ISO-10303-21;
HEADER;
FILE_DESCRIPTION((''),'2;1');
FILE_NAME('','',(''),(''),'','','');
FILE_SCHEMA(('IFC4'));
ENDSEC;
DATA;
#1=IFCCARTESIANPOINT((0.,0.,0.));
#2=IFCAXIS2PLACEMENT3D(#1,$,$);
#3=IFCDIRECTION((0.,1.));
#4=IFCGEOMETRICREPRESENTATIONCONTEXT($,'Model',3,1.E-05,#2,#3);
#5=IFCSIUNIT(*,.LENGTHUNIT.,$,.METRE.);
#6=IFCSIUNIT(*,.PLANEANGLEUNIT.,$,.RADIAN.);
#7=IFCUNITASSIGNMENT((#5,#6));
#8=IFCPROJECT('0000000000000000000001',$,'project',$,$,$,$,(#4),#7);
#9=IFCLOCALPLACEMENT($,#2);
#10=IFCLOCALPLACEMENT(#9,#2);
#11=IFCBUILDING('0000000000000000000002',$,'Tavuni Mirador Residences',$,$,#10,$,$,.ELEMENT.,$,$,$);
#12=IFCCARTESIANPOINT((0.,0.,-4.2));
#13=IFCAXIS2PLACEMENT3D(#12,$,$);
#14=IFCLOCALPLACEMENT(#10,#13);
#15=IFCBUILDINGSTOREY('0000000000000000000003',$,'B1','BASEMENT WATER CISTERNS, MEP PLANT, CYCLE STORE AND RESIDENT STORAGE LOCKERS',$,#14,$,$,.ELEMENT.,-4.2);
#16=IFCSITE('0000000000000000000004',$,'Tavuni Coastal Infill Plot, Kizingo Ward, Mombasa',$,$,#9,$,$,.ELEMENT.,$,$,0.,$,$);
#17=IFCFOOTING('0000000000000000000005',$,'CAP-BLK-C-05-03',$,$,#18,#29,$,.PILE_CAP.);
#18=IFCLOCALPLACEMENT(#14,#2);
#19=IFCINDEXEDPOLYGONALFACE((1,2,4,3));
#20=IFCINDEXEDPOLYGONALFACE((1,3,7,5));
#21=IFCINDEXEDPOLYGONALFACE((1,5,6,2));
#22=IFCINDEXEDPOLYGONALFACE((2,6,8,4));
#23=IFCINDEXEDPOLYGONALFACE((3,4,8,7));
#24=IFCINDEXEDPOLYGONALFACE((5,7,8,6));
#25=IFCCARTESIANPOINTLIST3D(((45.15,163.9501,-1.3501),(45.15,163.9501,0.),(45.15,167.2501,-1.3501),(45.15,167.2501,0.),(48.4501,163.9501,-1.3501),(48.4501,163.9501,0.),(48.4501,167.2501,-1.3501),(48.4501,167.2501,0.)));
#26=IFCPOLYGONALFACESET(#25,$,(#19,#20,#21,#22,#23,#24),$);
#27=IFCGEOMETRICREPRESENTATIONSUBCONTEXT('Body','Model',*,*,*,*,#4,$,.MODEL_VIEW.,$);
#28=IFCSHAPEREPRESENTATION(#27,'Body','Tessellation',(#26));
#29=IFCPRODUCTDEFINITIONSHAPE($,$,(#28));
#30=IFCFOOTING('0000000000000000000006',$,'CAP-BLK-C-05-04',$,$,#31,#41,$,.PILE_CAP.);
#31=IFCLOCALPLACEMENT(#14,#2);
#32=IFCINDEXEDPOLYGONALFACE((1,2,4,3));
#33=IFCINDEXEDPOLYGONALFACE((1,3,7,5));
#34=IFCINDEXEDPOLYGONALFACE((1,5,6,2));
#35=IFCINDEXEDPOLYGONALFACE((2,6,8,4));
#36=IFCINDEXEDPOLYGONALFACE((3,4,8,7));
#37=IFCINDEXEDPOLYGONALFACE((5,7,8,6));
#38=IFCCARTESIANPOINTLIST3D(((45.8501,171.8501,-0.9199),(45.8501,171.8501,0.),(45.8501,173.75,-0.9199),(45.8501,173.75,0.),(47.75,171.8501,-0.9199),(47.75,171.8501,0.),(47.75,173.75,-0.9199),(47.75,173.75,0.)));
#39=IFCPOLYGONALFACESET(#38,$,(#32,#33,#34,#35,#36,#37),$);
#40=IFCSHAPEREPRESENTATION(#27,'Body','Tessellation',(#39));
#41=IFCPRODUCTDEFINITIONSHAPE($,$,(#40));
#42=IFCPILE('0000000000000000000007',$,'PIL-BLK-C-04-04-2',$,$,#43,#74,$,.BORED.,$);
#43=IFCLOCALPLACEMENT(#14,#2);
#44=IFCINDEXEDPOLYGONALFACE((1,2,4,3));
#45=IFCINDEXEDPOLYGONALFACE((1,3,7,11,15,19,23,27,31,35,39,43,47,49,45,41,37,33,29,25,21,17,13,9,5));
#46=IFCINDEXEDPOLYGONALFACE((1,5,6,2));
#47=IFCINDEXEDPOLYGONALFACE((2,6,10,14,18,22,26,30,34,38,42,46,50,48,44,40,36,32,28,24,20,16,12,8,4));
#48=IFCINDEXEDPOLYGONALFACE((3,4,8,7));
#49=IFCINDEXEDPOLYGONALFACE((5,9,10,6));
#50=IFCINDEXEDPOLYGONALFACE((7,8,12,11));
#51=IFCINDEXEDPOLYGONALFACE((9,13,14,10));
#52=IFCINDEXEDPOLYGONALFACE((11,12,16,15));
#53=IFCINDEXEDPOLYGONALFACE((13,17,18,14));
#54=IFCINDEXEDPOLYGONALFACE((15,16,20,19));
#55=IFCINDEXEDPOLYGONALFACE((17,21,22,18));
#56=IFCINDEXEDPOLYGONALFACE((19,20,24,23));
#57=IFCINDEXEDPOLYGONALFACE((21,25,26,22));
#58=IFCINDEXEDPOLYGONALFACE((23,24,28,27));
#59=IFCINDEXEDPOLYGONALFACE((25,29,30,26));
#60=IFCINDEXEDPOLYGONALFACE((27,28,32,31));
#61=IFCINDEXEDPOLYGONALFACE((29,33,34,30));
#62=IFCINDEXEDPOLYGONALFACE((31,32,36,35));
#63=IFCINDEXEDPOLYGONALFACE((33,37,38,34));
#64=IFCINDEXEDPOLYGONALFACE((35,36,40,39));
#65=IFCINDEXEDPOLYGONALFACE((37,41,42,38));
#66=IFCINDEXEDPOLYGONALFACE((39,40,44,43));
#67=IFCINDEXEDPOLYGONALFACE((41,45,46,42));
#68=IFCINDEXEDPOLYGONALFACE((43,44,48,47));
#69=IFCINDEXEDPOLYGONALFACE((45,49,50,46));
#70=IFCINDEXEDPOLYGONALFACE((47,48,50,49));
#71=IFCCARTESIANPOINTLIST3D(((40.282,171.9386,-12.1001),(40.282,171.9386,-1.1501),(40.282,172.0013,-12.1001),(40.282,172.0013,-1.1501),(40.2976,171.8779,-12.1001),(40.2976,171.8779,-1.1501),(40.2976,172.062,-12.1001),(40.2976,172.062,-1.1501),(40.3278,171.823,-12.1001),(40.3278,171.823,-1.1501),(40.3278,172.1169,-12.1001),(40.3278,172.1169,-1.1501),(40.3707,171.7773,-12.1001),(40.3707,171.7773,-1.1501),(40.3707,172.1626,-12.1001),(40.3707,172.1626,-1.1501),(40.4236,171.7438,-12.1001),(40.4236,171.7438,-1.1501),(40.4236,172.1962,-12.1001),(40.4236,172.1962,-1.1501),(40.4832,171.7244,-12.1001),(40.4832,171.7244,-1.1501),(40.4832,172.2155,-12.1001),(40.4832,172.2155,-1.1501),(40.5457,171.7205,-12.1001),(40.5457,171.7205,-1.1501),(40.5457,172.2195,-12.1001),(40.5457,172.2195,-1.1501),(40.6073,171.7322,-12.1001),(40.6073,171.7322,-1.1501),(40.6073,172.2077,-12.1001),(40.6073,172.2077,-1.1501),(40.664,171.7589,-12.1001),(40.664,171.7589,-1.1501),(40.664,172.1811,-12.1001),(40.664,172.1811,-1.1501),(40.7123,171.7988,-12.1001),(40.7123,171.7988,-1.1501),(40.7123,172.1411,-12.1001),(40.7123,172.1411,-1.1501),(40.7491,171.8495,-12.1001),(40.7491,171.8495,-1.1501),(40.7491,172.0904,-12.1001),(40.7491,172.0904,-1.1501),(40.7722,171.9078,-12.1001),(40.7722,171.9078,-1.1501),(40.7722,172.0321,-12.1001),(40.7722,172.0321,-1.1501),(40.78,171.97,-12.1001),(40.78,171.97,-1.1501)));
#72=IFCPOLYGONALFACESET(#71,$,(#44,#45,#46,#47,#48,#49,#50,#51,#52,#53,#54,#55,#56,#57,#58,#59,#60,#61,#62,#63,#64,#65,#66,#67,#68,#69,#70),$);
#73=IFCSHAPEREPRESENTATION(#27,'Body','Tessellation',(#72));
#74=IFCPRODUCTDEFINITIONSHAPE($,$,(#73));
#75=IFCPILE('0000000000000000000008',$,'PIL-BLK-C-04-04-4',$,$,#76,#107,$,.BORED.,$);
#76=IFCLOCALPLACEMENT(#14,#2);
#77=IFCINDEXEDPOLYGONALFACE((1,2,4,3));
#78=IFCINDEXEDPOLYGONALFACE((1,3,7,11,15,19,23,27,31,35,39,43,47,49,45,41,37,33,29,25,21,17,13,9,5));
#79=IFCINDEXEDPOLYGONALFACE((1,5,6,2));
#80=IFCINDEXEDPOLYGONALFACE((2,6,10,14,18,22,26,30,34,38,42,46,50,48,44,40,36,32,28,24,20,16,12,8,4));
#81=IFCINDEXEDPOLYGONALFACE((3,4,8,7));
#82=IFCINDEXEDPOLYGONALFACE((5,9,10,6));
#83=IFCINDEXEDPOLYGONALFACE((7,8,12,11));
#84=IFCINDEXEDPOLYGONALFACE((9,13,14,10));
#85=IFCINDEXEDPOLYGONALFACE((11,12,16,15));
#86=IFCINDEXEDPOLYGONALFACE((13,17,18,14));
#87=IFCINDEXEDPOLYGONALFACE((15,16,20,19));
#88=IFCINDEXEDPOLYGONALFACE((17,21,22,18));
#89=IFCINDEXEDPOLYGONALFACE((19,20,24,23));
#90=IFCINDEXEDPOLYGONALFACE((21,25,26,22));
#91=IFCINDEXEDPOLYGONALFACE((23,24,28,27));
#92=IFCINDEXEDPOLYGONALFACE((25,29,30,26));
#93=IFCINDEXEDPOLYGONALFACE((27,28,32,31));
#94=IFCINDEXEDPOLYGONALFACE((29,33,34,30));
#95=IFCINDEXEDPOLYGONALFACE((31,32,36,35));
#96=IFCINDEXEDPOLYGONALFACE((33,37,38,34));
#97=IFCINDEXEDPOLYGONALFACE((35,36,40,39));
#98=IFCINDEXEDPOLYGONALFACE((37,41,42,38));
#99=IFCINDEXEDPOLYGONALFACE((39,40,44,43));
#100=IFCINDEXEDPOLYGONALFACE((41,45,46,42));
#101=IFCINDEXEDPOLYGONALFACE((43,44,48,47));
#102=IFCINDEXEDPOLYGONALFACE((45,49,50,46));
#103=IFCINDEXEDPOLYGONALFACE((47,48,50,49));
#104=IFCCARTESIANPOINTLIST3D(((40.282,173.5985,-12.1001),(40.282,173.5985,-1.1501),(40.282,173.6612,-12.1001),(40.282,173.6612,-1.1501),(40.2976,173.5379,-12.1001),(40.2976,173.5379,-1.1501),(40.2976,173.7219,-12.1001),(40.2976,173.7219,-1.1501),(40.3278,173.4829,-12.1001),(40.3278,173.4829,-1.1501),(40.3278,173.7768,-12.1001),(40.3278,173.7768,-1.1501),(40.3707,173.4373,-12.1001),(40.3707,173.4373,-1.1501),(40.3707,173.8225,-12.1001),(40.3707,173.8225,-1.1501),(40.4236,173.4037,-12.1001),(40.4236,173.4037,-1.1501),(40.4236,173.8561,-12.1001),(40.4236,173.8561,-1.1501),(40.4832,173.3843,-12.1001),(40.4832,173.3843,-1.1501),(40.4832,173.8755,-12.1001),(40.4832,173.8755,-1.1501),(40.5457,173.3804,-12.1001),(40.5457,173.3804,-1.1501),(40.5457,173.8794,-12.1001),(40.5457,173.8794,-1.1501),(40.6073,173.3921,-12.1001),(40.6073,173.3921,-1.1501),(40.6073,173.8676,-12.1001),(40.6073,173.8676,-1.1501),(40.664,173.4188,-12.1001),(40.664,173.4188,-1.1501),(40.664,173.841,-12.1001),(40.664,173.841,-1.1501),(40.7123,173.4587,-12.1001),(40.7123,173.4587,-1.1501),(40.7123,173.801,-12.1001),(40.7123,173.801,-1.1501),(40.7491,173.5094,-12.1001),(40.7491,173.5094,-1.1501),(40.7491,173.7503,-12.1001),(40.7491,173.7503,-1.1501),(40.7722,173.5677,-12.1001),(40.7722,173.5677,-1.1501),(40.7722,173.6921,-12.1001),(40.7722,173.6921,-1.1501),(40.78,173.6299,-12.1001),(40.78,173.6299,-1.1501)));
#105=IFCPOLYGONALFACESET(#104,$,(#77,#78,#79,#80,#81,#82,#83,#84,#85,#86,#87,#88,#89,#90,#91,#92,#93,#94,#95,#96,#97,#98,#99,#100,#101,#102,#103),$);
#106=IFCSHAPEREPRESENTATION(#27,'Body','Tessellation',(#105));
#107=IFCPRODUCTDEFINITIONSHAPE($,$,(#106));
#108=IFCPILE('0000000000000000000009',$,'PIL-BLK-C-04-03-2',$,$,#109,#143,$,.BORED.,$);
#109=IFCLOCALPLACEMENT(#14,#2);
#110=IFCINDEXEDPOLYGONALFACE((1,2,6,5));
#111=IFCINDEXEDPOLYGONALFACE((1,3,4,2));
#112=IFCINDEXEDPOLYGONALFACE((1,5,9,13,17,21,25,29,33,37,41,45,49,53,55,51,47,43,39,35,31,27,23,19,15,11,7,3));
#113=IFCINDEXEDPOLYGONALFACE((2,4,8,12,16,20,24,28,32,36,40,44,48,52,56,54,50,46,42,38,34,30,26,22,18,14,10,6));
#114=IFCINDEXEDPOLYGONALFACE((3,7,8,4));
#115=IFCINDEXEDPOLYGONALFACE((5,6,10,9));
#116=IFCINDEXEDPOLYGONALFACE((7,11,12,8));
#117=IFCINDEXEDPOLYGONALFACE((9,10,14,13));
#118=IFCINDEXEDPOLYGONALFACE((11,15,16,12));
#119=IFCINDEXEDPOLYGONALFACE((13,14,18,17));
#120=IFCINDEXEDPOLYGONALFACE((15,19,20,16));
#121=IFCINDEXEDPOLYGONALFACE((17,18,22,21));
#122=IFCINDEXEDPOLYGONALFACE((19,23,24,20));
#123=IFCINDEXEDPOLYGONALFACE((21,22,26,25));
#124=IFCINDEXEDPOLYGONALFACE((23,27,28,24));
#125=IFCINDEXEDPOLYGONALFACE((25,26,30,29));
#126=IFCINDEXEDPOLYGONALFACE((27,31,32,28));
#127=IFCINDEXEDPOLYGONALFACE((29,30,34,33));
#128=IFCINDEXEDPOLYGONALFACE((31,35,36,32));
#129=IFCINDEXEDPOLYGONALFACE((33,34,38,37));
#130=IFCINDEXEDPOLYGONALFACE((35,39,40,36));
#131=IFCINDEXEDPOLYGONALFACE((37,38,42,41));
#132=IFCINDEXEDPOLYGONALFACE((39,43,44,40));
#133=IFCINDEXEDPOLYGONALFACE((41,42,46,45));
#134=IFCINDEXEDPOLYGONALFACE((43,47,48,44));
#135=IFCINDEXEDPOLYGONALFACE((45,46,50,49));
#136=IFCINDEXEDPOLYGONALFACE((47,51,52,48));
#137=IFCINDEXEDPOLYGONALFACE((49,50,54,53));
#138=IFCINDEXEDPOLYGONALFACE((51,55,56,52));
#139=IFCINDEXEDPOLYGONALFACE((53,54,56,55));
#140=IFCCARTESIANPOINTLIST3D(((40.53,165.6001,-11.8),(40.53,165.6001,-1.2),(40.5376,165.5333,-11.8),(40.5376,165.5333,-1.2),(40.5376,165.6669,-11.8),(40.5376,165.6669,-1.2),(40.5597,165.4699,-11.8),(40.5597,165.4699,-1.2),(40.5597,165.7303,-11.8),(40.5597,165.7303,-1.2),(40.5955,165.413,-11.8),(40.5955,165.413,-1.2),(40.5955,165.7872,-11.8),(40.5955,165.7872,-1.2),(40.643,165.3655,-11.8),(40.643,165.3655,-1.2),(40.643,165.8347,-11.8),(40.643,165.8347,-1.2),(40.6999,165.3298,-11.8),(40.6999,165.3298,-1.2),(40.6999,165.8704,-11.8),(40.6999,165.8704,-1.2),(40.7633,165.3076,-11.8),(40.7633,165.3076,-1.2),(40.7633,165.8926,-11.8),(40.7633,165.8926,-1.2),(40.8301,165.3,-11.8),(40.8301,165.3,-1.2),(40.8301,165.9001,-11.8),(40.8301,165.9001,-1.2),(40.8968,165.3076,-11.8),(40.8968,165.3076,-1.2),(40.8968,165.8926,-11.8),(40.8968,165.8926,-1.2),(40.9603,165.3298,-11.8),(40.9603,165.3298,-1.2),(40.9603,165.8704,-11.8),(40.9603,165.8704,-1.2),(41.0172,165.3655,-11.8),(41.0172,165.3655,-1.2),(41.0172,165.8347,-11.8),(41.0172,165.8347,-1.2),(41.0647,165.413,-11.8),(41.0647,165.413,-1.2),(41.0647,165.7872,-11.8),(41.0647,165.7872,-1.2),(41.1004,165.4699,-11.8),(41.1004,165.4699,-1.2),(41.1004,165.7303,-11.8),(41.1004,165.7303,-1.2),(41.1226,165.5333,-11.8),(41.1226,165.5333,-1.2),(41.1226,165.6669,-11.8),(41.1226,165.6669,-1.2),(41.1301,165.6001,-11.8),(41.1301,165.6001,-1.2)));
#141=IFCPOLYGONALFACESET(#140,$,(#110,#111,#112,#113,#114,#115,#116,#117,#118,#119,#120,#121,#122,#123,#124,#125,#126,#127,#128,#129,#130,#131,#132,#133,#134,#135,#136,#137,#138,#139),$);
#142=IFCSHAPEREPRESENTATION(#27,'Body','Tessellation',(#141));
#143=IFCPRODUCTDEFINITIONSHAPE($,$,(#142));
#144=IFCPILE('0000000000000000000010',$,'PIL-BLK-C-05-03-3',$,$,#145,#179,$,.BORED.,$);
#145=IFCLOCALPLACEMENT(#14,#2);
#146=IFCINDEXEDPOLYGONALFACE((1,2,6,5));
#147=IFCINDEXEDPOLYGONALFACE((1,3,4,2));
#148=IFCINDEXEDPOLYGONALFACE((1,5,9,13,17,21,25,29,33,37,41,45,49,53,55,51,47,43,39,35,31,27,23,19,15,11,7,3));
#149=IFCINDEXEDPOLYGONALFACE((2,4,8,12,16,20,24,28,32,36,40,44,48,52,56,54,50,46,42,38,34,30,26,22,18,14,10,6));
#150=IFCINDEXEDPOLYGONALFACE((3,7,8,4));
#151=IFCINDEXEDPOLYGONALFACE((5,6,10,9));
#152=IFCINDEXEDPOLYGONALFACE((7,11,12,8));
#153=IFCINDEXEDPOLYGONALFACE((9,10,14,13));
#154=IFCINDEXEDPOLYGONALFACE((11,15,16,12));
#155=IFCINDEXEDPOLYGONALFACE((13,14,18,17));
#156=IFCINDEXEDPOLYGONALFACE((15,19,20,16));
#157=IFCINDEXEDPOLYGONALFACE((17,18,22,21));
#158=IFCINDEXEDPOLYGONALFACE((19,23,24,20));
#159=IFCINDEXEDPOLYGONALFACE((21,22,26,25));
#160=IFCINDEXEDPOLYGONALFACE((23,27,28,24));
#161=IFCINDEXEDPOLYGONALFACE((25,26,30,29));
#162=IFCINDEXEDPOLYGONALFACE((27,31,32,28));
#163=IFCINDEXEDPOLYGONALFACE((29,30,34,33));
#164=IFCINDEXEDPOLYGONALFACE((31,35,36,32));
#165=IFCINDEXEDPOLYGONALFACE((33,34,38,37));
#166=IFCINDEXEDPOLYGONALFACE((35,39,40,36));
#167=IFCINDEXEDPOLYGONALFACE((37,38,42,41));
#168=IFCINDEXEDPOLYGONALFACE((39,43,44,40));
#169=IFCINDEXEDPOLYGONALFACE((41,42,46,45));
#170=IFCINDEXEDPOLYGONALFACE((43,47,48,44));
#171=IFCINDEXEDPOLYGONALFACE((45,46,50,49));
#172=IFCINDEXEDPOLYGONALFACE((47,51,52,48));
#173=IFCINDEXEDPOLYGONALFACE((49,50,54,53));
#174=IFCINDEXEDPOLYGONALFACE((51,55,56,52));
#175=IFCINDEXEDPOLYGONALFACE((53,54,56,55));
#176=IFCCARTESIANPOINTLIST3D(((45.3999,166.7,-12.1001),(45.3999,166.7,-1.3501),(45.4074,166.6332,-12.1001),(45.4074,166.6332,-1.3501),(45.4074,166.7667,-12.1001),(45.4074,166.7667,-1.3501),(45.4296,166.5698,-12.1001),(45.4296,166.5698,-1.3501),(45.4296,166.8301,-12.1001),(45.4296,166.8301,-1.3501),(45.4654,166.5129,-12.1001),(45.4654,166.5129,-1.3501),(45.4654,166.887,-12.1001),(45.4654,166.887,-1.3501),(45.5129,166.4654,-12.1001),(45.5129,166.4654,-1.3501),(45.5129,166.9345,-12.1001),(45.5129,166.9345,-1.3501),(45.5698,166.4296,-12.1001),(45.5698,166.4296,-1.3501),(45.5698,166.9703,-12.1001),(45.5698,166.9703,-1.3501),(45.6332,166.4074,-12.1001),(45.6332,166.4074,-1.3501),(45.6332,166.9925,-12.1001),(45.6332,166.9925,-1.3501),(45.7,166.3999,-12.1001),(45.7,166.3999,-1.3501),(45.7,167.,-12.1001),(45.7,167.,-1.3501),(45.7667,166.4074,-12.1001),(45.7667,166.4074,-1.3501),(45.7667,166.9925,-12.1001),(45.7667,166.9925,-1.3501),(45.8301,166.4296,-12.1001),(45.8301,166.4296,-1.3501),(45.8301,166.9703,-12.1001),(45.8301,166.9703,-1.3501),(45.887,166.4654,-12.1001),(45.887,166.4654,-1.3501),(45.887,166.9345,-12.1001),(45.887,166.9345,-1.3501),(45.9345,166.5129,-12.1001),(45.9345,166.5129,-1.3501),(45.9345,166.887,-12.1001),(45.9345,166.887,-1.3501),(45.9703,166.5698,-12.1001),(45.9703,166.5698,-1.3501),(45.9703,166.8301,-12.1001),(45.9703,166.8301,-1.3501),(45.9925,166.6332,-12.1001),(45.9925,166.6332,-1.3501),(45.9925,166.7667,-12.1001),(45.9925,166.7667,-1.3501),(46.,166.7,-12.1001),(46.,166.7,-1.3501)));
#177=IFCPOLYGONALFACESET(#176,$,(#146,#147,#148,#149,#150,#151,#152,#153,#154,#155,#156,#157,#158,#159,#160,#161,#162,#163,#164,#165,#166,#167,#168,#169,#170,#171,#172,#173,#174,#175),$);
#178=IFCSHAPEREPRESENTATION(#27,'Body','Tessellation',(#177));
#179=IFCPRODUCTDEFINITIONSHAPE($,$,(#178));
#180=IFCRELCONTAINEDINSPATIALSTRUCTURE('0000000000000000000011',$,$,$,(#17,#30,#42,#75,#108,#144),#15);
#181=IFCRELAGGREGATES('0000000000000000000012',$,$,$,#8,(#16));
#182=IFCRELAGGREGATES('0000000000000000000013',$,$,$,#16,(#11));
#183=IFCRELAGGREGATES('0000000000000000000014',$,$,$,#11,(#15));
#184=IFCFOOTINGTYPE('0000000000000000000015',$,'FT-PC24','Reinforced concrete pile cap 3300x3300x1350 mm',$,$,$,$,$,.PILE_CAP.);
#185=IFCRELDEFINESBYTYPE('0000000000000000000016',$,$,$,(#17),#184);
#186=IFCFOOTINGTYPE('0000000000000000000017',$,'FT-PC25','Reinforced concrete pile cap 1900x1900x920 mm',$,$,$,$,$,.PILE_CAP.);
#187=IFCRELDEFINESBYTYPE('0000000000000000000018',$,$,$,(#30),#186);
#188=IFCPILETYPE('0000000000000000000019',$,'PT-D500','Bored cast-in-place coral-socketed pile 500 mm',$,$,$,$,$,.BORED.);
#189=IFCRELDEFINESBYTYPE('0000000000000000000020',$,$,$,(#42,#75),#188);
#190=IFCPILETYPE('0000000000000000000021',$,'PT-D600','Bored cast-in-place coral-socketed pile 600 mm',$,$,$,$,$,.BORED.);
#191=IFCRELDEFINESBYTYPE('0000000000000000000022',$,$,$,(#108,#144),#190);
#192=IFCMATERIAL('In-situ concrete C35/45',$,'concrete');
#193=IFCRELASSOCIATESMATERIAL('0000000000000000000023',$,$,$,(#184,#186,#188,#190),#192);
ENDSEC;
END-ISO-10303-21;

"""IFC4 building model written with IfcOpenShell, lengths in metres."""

from ifc_helpers import new_model, si_unit, direction, frame, origin, origin_2d, place, context, subcontext, project, spatial, rectangle, circle, extrude, material, material_profile, profile_set, type_object, element, save


model = new_model("IFC4")

# Units and contexts
model_context = context("Model", 3, precision=1e-05, world=origin(), true_north=direction((0.0, 1.0)))
body_context = subcontext(model_context, "Body", "Model", "MODEL_VIEW")
ifc_project = project(units=[si_unit("LENGTHUNIT", "METRE"), si_unit("PLANEANGLEUNIT", "RADIAN")], contexts=[model_context])

# Site, building, storey
site_placement = place(None, origin())
site = spatial("IfcSite", under=ifc_project, at=site_placement, Name="Tavuni Coastal Infill Plot, Kizingo Ward, Mombasa", CompositionType="ELEMENT", RefElevation=0.0)
building_placement = place(site_placement, origin())
building = spatial("IfcBuilding", under=site, at=building_placement, Name="Tavuni Mirador Residences", CompositionType="ELEMENT")
storey_placement = place(building_placement, frame((0.0, 0.0, -4.2)))
storey = spatial("IfcBuildingStorey", under=building, at=storey_placement, Name="B1", Description="BASEMENT WATER CISTERNS, MEP PLANT, CYCLE STORE AND RESIDENT STORAGE LOCKERS", CompositionType="ELEMENT", Elevation=-4.2)

# Footings
ifc_material_1 = material(Name="In-situ concrete C35/45", Category="concrete")
footing_type_1 = type_object("IfcFootingType", Name="FT-PC24", Description="Reinforced concrete pile cap 3300x3300x1350 mm", PredefinedType="PILE_CAP", material=ifc_material_1)
footing_1_placement = place(storey_placement, frame((46.8, 165.6001, -1.3501), z_axis=(0.0, 0.0, 1.0), x_axis=(1.0, 0.0, 0.0)))
element("IfcFooting", 1, at=footing_1_placement, inside=storey, type_object=footing_type_1, Name="CAP-BLK-C-05-03", PredefinedType="PILE_CAP", context=body_context, shape_type="SweptSolid", body=[
    extrude(rectangle(XDim=3.3, YDim=3.3, at=origin_2d()), origin(), (0.0, 0.0, 1.0), 1.3501),
])
footing_type_2 = type_object("IfcFootingType", Name="FT-PC25", Description="Reinforced concrete pile cap 1900x1900x920 mm", PredefinedType="PILE_CAP", material=ifc_material_1)
footing_2_placement = place(storey_placement, frame((46.8, 172.8, -0.9199), z_axis=(0.0, 0.0, 1.0), x_axis=(1.0, 0.0, 0.0)))
element("IfcFooting", 2, at=footing_2_placement, inside=storey, type_object=footing_type_2, Name="CAP-BLK-C-05-04", PredefinedType="PILE_CAP", context=body_context, shape_type="SweptSolid", body=[
    extrude(rectangle(XDim=1.8999, YDim=1.8999, at=origin_2d()), origin(), (0.0, 0.0, 1.0), 0.9199),
])

# Piles
ifc_material_profile_1 = material_profile(ifc_material_1, circle(Radius=0.25, at=origin_2d()), Name="PILE D500", Category="concrete")
ifc_profile_set_1 = profile_set([ifc_material_profile_1], Name="In-situ concrete C35/45")
pile_type_1 = type_object("IfcPileType", Name="PT-D500", Description="Bored cast-in-place coral-socketed pile 500 mm", PredefinedType="BORED", material=ifc_profile_set_1)
for number, where, z_axis, x_axis, name in (
    (3, (40.53, 171.97, -1.1501), (0.0, 0.0, -1.0), (1.0, 0.0, 0.0), "PIL-BLK-C-04-04-2"),
    (4, (40.53, 173.6299, -1.1501), (0.0, 0.0, -1.0), (1.0, 0.0, 0.0), "PIL-BLK-C-04-04-4"),
):
    element("IfcPile", number, at=place(storey_placement, frame(where, z_axis=z_axis, x_axis=x_axis)), inside=storey, type_object=pile_type_1, Name=name, PredefinedType="BORED", context=body_context, shape_type="SweptSolid", body=[
        extrude(circle(Radius=0.25, at=origin_2d()), origin(), (0.0, 0.0, 1.0), 10.95),
    ])
ifc_material_profile_2 = material_profile(ifc_material_1, circle(Radius=0.3, at=origin_2d()), Name="PILE D600", Category="concrete")
ifc_profile_set_2 = profile_set([ifc_material_profile_2], Name="In-situ concrete C35/45")
pile_type_2 = type_object("IfcPileType", Name="PT-D600", Description="Bored cast-in-place coral-socketed pile 600 mm", PredefinedType="BORED", material=ifc_profile_set_2)
pile_1_placement = place(storey_placement, frame((40.8301, 165.6001, -1.2), z_axis=(0.0, 0.0, -1.0), x_axis=(1.0, 0.0, 0.0)))
element("IfcPile", 5, at=pile_1_placement, inside=storey, type_object=pile_type_2, Name="PIL-BLK-C-04-03-2", PredefinedType="BORED", context=body_context, shape_type="SweptSolid", body=[
    extrude(circle(Radius=0.3, at=origin_2d()), origin(), (0.0, 0.0, 1.0), 10.6001),
])
for number, where, z_axis, x_axis, name in (
    (6, (45.7, 166.7, -1.3501), (0.0, 0.0, -1.0), (1.0, 0.0, 0.0), "PIL-BLK-C-05-03-3"),
):
    element("IfcPile", number, at=place(storey_placement, frame(where, z_axis=z_axis, x_axis=x_axis)), inside=storey, type_object=pile_type_2, Name=name, PredefinedType="BORED", context=body_context, shape_type="SweptSolid", body=[
        extrude(circle(Radius=0.3, at=origin_2d()), origin(), (0.0, 0.0, 1.0), 10.75),
    ])

save(model, "model.ifc")
